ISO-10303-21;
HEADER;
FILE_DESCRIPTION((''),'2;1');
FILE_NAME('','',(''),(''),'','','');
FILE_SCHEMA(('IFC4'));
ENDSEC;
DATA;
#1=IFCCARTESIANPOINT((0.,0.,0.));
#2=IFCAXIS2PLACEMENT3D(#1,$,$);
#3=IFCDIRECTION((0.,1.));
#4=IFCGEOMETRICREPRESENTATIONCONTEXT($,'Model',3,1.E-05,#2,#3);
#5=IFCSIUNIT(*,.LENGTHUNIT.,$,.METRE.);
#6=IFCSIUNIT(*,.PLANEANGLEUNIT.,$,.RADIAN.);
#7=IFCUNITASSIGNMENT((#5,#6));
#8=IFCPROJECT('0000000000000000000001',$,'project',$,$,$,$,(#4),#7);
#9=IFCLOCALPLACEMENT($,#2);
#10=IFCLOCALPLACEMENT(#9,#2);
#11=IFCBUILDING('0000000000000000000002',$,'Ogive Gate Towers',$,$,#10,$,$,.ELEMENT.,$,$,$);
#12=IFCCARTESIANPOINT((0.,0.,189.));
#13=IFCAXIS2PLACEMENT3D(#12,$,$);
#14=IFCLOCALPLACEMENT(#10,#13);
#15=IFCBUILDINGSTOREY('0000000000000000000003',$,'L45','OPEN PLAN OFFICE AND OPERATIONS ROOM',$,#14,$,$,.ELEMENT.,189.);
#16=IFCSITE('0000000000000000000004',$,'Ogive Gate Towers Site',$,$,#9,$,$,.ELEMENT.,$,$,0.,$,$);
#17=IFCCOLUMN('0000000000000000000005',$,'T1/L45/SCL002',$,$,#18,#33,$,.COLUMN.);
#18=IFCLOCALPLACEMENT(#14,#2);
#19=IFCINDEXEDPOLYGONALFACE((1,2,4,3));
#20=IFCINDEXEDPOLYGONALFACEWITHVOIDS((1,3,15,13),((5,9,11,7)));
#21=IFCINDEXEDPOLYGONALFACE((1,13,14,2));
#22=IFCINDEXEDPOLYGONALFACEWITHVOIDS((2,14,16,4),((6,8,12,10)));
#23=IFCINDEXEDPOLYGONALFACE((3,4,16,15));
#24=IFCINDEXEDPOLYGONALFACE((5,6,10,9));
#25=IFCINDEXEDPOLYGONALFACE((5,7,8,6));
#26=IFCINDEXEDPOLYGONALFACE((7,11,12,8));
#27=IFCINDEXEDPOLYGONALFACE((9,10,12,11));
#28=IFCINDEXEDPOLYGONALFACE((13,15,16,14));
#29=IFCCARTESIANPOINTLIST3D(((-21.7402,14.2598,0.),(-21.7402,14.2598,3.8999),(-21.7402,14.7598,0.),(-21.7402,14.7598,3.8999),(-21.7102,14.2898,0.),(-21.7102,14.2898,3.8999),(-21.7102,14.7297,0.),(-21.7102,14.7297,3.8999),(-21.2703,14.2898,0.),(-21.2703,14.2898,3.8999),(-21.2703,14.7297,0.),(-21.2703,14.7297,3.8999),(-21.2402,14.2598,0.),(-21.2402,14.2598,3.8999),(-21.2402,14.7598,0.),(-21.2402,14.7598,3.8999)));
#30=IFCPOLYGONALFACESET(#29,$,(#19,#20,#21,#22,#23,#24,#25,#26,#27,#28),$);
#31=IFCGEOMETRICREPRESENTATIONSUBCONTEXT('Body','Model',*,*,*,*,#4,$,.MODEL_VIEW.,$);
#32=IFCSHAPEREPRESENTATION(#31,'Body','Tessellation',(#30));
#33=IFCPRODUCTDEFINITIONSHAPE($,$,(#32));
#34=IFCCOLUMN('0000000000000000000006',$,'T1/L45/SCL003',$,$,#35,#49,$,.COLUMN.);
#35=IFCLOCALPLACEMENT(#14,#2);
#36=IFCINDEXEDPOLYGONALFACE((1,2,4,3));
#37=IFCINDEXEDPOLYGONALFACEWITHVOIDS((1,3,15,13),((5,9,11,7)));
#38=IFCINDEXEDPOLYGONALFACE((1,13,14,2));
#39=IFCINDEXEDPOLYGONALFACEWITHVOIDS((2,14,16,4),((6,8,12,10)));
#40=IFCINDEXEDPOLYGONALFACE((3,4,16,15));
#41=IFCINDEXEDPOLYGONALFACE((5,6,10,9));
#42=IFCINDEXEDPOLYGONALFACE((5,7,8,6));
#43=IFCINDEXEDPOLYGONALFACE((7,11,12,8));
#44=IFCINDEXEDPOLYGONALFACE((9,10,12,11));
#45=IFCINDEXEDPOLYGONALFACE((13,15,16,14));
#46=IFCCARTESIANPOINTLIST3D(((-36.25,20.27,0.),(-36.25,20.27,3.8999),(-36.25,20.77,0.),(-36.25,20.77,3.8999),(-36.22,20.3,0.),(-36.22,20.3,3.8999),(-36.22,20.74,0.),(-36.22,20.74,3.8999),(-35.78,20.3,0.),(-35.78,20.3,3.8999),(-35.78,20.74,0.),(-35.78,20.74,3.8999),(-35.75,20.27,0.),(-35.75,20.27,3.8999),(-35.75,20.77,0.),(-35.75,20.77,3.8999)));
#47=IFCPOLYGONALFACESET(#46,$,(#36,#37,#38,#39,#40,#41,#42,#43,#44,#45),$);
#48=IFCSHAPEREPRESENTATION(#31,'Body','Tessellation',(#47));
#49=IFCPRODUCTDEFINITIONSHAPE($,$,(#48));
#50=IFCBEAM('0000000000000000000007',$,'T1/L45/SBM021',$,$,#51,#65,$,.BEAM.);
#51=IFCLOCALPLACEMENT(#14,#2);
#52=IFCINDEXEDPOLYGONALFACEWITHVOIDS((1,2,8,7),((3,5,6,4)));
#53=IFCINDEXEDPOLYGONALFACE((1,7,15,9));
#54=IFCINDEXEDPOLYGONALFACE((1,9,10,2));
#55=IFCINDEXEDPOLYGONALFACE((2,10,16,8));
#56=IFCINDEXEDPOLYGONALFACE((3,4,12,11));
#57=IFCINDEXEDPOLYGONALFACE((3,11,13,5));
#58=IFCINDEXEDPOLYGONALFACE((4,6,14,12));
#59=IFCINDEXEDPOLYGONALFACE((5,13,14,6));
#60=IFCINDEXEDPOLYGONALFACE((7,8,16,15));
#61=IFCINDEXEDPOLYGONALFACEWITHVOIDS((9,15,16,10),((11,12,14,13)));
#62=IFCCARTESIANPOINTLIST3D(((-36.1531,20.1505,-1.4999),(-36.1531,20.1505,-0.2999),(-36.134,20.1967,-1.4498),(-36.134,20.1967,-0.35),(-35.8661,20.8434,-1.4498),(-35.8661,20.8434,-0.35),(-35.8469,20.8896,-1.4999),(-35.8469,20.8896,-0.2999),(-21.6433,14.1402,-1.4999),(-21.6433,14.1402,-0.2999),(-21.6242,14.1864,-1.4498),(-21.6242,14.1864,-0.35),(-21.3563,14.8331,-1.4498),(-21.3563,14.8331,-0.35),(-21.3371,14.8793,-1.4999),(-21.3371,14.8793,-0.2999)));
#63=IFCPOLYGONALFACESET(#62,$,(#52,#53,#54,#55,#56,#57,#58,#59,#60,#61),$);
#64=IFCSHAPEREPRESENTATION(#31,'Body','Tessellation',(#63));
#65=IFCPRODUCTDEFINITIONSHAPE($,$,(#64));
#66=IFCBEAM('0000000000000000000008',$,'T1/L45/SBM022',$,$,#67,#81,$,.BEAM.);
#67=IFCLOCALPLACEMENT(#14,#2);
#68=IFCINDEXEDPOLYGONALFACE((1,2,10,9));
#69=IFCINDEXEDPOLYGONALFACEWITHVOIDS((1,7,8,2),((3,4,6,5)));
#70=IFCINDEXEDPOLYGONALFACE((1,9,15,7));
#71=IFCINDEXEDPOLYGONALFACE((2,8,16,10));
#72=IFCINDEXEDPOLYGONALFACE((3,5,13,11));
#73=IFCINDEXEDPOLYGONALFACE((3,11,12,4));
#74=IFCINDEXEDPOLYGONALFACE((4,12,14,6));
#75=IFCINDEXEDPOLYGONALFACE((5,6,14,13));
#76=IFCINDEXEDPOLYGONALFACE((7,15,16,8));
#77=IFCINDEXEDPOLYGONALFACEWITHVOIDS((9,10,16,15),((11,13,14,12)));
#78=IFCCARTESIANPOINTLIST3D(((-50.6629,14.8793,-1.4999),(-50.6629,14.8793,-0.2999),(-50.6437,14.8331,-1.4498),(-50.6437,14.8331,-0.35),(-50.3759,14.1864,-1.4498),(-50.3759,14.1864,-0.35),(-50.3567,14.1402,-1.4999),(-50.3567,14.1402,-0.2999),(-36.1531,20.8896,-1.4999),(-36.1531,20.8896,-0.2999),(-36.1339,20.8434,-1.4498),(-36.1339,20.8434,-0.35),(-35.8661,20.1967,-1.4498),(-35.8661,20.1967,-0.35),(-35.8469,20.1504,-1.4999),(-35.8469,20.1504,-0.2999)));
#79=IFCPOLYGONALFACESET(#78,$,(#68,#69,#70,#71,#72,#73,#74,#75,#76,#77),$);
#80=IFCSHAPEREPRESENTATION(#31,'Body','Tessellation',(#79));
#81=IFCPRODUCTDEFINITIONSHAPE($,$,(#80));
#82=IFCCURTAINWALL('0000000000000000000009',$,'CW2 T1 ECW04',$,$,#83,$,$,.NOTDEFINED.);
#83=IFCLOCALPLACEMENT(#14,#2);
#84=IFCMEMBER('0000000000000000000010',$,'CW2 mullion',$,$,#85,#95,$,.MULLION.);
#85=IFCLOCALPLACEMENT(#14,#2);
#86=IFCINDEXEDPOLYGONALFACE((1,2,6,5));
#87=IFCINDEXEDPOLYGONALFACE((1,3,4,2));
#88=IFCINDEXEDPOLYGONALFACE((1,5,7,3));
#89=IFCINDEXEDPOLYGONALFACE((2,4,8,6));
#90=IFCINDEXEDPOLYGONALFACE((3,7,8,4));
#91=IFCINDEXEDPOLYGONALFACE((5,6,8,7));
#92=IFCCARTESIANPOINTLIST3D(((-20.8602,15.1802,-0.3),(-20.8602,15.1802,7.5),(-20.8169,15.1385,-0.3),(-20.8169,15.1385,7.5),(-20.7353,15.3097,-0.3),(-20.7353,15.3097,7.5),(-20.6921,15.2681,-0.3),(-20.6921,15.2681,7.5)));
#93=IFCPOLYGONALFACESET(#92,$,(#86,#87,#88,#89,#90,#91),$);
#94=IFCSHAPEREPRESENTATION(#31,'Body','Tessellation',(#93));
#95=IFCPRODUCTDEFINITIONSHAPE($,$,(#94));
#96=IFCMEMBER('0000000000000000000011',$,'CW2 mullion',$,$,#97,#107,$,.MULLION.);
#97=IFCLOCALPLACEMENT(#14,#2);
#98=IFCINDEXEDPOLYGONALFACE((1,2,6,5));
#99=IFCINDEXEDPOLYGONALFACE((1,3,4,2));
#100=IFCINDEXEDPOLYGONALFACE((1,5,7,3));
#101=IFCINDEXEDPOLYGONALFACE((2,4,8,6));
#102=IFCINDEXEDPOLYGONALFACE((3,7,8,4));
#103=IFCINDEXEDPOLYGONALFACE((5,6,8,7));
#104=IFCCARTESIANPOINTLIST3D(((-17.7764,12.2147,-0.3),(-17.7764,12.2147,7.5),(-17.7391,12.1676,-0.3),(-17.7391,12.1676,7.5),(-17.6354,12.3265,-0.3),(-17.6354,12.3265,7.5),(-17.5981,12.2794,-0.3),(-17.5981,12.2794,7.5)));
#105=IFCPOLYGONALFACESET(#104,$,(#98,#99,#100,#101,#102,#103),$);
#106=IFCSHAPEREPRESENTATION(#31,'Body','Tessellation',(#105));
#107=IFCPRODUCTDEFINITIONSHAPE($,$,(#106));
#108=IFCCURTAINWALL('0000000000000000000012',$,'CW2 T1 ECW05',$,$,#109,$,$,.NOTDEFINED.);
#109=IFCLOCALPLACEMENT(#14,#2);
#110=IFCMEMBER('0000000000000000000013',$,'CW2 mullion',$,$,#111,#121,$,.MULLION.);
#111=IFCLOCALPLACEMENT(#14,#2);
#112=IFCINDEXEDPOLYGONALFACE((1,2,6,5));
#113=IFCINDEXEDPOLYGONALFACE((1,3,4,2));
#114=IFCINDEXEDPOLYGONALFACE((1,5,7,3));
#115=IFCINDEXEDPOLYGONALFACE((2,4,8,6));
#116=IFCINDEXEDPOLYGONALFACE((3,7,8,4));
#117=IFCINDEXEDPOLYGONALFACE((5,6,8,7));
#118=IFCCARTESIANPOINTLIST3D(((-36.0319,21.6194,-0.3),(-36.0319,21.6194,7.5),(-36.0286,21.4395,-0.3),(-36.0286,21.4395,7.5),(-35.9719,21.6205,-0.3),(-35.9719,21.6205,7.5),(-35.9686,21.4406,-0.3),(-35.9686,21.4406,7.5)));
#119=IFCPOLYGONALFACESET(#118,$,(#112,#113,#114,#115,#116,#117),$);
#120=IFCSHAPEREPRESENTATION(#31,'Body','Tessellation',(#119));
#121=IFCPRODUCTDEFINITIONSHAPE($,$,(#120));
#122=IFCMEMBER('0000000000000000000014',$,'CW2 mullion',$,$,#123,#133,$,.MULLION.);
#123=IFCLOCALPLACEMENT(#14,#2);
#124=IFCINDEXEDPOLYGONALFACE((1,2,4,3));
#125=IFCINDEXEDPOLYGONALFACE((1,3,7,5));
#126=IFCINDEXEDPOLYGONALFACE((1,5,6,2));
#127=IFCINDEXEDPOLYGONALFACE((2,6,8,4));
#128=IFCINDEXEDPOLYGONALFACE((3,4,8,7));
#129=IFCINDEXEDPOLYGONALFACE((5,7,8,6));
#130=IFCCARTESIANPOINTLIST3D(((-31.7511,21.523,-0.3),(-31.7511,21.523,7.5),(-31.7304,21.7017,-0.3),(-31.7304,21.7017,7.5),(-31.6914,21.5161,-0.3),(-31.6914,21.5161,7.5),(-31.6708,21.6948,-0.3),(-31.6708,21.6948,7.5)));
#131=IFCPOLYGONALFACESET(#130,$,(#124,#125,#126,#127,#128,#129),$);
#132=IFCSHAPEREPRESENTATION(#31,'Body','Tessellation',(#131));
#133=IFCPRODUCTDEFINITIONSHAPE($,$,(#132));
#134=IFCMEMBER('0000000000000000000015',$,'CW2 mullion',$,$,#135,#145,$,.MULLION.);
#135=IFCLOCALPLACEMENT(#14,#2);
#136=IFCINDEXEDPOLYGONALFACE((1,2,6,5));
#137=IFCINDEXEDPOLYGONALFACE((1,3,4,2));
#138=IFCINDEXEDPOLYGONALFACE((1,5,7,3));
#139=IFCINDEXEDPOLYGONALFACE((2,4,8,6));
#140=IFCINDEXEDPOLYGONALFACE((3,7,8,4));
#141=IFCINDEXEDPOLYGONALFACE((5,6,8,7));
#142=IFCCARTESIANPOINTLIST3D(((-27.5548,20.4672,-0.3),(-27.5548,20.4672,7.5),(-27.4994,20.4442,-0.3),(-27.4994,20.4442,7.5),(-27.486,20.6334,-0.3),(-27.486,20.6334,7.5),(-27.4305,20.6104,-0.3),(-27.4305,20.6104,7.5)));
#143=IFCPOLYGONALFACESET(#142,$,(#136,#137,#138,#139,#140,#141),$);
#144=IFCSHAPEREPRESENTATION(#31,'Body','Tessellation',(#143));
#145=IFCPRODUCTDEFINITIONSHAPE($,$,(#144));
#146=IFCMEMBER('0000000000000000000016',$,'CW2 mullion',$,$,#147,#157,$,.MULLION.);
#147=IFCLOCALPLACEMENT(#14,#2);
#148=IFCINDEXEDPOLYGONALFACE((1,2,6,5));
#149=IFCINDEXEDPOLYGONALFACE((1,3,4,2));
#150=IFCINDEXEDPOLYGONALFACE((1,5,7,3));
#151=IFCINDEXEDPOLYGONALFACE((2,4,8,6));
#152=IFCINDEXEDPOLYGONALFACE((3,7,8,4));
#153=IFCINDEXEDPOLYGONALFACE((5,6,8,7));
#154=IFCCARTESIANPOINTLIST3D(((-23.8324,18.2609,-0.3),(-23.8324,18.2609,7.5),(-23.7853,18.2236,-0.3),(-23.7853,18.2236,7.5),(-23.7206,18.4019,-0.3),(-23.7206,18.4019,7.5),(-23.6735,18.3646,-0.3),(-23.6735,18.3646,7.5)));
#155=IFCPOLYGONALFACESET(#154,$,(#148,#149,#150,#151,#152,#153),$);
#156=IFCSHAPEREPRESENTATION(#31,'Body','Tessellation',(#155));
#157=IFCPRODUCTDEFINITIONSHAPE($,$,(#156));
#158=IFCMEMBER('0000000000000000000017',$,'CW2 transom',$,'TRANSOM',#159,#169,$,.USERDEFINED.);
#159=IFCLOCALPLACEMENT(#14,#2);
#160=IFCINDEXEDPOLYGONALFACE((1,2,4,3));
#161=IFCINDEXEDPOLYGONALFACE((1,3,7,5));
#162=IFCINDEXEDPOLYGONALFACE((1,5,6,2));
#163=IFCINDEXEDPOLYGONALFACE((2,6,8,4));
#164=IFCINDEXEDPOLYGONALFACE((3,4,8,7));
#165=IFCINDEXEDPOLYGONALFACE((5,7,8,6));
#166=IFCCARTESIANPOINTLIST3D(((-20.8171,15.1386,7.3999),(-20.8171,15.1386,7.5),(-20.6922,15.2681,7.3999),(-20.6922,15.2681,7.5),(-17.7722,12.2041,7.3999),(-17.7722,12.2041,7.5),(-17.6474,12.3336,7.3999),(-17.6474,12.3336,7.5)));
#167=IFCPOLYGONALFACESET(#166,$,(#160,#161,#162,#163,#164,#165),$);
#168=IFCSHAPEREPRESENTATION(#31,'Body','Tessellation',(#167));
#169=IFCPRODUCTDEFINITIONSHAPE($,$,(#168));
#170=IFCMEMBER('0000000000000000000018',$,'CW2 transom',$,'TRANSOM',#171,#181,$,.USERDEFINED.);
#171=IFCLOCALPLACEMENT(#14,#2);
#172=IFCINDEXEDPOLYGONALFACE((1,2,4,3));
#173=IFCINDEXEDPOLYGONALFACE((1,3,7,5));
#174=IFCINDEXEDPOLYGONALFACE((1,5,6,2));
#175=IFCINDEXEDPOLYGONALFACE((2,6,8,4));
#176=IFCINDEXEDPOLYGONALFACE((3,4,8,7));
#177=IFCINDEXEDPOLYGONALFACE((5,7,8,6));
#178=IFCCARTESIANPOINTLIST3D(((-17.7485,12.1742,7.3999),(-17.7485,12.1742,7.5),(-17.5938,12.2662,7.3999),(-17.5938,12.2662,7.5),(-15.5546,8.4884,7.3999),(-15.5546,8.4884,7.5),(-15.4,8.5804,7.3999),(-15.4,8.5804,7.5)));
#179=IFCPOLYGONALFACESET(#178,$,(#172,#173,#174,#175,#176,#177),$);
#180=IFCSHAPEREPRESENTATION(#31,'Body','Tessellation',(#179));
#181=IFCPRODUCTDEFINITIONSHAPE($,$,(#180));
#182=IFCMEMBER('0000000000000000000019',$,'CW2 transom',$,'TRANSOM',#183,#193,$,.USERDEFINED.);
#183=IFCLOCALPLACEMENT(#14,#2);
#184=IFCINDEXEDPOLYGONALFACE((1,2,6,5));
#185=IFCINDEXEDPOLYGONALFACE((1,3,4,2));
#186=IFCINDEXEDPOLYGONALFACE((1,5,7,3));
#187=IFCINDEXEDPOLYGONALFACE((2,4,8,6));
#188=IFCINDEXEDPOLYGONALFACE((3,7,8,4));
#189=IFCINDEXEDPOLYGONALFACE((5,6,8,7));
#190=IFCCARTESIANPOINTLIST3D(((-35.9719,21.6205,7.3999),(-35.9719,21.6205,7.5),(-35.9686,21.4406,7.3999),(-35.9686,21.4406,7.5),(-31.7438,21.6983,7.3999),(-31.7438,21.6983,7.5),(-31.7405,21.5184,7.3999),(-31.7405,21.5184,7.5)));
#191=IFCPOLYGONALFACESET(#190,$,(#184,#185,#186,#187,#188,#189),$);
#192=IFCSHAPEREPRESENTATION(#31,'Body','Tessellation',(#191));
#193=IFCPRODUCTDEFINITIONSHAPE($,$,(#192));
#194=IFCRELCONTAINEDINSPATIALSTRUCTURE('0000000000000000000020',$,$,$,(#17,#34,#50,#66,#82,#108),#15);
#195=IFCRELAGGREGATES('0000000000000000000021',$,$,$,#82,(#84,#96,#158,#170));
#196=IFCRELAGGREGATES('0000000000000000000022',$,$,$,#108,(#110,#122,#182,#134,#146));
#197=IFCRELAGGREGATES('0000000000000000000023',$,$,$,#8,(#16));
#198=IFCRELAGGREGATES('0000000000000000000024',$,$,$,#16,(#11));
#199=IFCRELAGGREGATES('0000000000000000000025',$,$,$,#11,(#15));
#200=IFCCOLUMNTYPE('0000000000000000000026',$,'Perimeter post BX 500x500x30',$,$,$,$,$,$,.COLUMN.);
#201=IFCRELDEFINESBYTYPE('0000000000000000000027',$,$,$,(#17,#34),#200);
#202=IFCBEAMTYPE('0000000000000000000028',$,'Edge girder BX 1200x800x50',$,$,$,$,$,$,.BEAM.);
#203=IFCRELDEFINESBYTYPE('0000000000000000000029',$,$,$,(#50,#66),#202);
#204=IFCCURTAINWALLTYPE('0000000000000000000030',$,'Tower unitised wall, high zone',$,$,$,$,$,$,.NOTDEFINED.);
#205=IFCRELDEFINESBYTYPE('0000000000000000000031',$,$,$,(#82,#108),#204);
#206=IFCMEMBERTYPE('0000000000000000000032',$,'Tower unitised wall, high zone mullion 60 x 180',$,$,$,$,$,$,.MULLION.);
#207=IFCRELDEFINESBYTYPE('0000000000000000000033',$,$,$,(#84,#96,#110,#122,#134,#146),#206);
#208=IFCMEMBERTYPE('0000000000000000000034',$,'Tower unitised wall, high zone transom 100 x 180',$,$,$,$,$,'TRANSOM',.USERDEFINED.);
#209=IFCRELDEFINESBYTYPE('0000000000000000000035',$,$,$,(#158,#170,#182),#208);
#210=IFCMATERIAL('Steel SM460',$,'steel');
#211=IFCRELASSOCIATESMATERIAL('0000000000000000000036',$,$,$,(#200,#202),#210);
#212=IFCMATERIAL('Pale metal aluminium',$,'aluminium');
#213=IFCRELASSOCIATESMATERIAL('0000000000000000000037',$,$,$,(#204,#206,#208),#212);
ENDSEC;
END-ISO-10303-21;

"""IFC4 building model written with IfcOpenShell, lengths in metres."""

from ifc_helpers import new_model, si_unit, direction, frame, origin, origin_2d, place, context, subcontext, project, spatial, rectangle, hollow_rectangle, extrude, material, material_profile, profile_set, type_object, element, aggregate, save


model = new_model("IFC4")

# Units and contexts
model_context = context("Model", 3, precision=1e-05, world=origin(), true_north=direction((0.0, 1.0)))
body_context = subcontext(model_context, "Body", "Model", "MODEL_VIEW")
ifc_project = project(units=[si_unit("LENGTHUNIT", "METRE"), si_unit("PLANEANGLEUNIT", "RADIAN")], contexts=[model_context])

# Site, building, storey
site_placement = place(None, origin())
site = spatial("IfcSite", under=ifc_project, at=site_placement, Name="Ogive Gate Towers Site", CompositionType="ELEMENT", RefElevation=0.0)
building_placement = place(site_placement, origin())
building = spatial("IfcBuilding", under=site, at=building_placement, Name="Ogive Gate Towers", CompositionType="ELEMENT")
storey_placement = place(building_placement, frame((0.0, 0.0, 189.0)))
storey = spatial("IfcBuildingStorey", under=building, at=storey_placement, Name="L45", Description="OPEN PLAN OFFICE AND OPERATIONS ROOM", CompositionType="ELEMENT", Elevation=189.0)

# Columns
ifc_material_1 = material(Name="Steel SM460", Category="steel")
ifc_material_profile_1 = material_profile(ifc_material_1, hollow_rectangle(XDim=0.5, YDim=0.5, WallThickness=0.03, at=origin_2d()), Name="BX 500x500x30")
ifc_profile_set_1 = profile_set([ifc_material_profile_1], Name="Steel SM460")
column_type = type_object("IfcColumnType", Name="Perimeter post BX 500x500x30", PredefinedType="COLUMN", material=ifc_profile_set_1)
for number, where, z_axis, x_axis, name in (
    (1, (-21.4902, 14.5098, 0.0), (0.0, 0.0, 1.0), (1.0, 0.0, 0.0), "T1/L45/SCL002"),
    (2, (-36.0, 20.52, 0.0), (0.0, 0.0, 1.0), (1.0, 0.0, 0.0), "T1/L45/SCL003"),
):
    element("IfcColumn", number, at=place(storey_placement, frame(where, z_axis=z_axis, x_axis=x_axis)), inside=storey, type_object=column_type, Name=name, PredefinedType="COLUMN", context=body_context, shape_type="SweptSolid", body=[
        extrude(hollow_rectangle(XDim=0.5, YDim=0.5, WallThickness=0.03, at=origin_2d()), origin(), (0.0, 0.0, 1.0), 3.8999),
    ])

# Beams
ifc_material_profile_2 = material_profile(ifc_material_1, hollow_rectangle(XDim=0.8, YDim=1.2, WallThickness=0.05, at=origin_2d()), Name="BX 1200x800x50")
ifc_profile_set_2 = profile_set([ifc_material_profile_2], Name="Steel SM460")
beam_type = type_object("IfcBeamType", Name="Edge girder BX 1200x800x50", PredefinedType="BEAM", material=ifc_profile_set_2)
for number, where, z_axis, x_axis, name in (
    (3, (-21.4902, 14.5098, -0.8999), (-0.923877, 0.38269, 0.0), (-0.38269, -0.923877, 0.0), "T1/L45/SBM021"),
    (4, (-36.0, 20.52, -0.8999), (-0.923877, -0.38269, 0.0), (0.38269, -0.923877, 0.0), "T1/L45/SBM022"),
):
    element("IfcBeam", number, at=place(storey_placement, frame(where, z_axis=z_axis, x_axis=x_axis)), inside=storey, type_object=beam_type, Name=name, PredefinedType="BEAM", context=body_context, shape_type="SweptSolid", body=[
        extrude(hollow_rectangle(XDim=0.8, YDim=1.2, WallThickness=0.05, at=origin_2d()), origin(), (0.0, 0.0, 1.0), 15.7053),
    ])

# Curtain walls, members
ifc_material_2 = material(Name="Pale metal aluminium", Category="aluminium")
curtain_wall_type = type_object("IfcCurtainWallType", Name="Tower unitised wall, high zone", PredefinedType="NOTDEFINED", material=ifc_material_2)
curtain_wall_1_placement = place(storey_placement, origin())
curtain_wall_1 = element("IfcCurtainWall", 5, at=curtain_wall_1_placement, inside=storey, type_object=curtain_wall_type, Name="CW2 T1 ECW04", PredefinedType="NOTDEFINED")
ifc_material_profile_3 = material_profile(ifc_material_2, rectangle(XDim=0.1799, YDim=0.0601, at=origin_2d()), Name="60 x 180 aluminium box")
ifc_profile_set_3 = profile_set([ifc_material_profile_3], Name="Pale metal aluminium")
member_type_1 = type_object("IfcMemberType", Name="Tower unitised wall, high zone mullion 60 x 180", PredefinedType="MULLION", material=ifc_profile_set_3)
member_1_placement = place(storey_placement, frame((-20.7761, 15.2241, -0.3), z_axis=(0.0, 0.0, 1.0), x_axis=(-0.693942, -0.720031, 0.0)))
member_1 = element("IfcMember", 6, at=member_1_placement, type_object=member_type_1, Name="CW2 mullion", PredefinedType="MULLION", context=body_context, shape_type="SweptSolid", body=[
    extrude(rectangle(XDim=0.1799, YDim=0.0601, at=origin_2d()), origin(), (0.0, 0.0, 1.0), 7.8),
])
member_2_placement = place(storey_placement, frame((-17.6873, 12.2471, -0.3), z_axis=(0.0, 0.0, 1.0), x_axis=(-0.783574, -0.621298, 0.0)))
member_2 = element("IfcMember", 7, at=member_2_placement, type_object=member_type_1, Name="CW2 mullion", PredefinedType="MULLION", context=body_context, shape_type="SweptSolid", body=[
    extrude(rectangle(XDim=0.1799, YDim=0.0601, at=origin_2d()), origin(), (0.0, 0.0, 1.0), 7.8),
])
curtain_wall_2_placement = place(storey_placement, origin())
curtain_wall_2 = element("IfcCurtainWall", 8, at=curtain_wall_2_placement, inside=storey, type_object=curtain_wall_type, Name="CW2 T1 ECW05", PredefinedType="NOTDEFINED")
member_3_placement = place(storey_placement, frame((-36.0002, 21.53, -0.3), z_axis=(0.0, 0.0, 1.0), x_axis=(0.018412, -0.99983, 0.0)))
member_3 = element("IfcMember", 9, at=member_3_placement, type_object=member_type_1, Name="CW2 mullion", PredefinedType="MULLION", context=body_context, shape_type="SweptSolid", body=[
    extrude(rectangle(XDim=0.1799, YDim=0.0601, at=origin_2d()), origin(), (0.0, 0.0, 1.0), 7.8),
])
member_4_placement = place(storey_placement, frame((-31.7109, 21.6089, -0.3), z_axis=(0.0, 0.0, 1.0), x_axis=(-0.114746, -0.993395, 0.0)))
member_4 = element("IfcMember", 10, at=member_4_placement, type_object=member_type_1, Name="CW2 mullion", PredefinedType="MULLION", context=body_context, shape_type="SweptSolid", body=[
    extrude(rectangle(XDim=0.1799, YDim=0.0601, at=origin_2d()), origin(), (0.0, 0.0, 1.0), 7.8),
])
member_5_placement = place(storey_placement, frame((-27.4927, 20.5388, -0.3), z_axis=(0.0, 0.0, 1.0), x_axis=(-0.382683, -0.92388, 0.0)))
member_5 = element("IfcMember", 11, at=member_5_placement, type_object=member_type_1, Name="CW2 mullion", PredefinedType="MULLION", context=body_context, shape_type="SweptSolid", body=[
    extrude(rectangle(XDim=0.1799, YDim=0.0601, at=origin_2d()), origin(), (0.0, 0.0, 1.0), 7.8),
])
member_6_placement = place(storey_placement, frame((-23.7529, 18.3127, -0.3), z_axis=(0.0, 0.0, 1.0), x_axis=(-0.621298, -0.783574, 0.0)))
member_6 = element("IfcMember", 12, at=member_6_placement, type_object=member_type_1, Name="CW2 mullion", PredefinedType="MULLION", context=body_context, shape_type="SweptSolid", body=[
    extrude(rectangle(XDim=0.1799, YDim=0.0601, at=origin_2d()), origin(), (0.0, 0.0, 1.0), 7.8),
])

# Members
ifc_material_profile_4 = material_profile(ifc_material_2, rectangle(XDim=0.1799, YDim=0.1001, at=origin_2d()), Name="100 x 180 aluminium box")
ifc_profile_set_4 = profile_set([ifc_material_profile_4], Name="Pale metal aluminium")
member_type_2 = type_object("IfcMemberType", Name="Tower unitised wall, high zone transom 100 x 180", ElementType="TRANSOM", PredefinedType="USERDEFINED", material=ifc_profile_set_4)
member_7_placement = place(storey_placement, frame((-20.7546, 15.2034, 7.45), z_axis=(0.720034, -0.693939, 0.0), x_axis=(0.693939, 0.720034, 0.0)))
member_7 = element("IfcMember", 13, at=member_7_placement, type_object=member_type_2, Name="CW2 transom", ObjectType="TRANSOM", PredefinedType="USERDEFINED", context=body_context, shape_type="SweptSolid", body=[
    extrude(rectangle(XDim=0.1799, YDim=0.1001, at=origin_2d()), origin(), (0.0, 0.0, 1.0), 4.2288),
])
member_8_placement = place(storey_placement, frame((-17.6711, 12.2202, 7.45), z_axis=(0.511471, -0.859301, 0.0), x_axis=(0.859301, 0.511471, 0.0)))
member_8 = element("IfcMember", 14, at=member_8_placement, type_object=member_type_2, Name="CW2 transom", ObjectType="TRANSOM", PredefinedType="USERDEFINED", context=body_context, shape_type="SweptSolid", body=[
    extrude(rectangle(XDim=0.1799, YDim=0.1001, at=origin_2d()), origin(), (0.0, 0.0, 1.0), 4.2893),
])
member_9_placement = place(storey_placement, frame((-35.9702, 21.5305, 7.45), z_axis=(0.99983, 0.018417, 0.0), x_axis=(-0.018417, 0.99983, 0.0)))
member_9 = element("IfcMember", 15, at=member_9_placement, type_object=member_type_2, Name="CW2 transom", ObjectType="TRANSOM", PredefinedType="USERDEFINED", context=body_context, shape_type="SweptSolid", body=[
    extrude(rectangle(XDim=0.1799, YDim=0.1001, at=origin_2d()), origin(), (0.0, 0.0, 1.0), 4.2288),
])

aggregate(curtain_wall_1, [member_1, member_2, member_7, member_8])
aggregate(curtain_wall_2, [member_3, member_4, member_9, member_5, member_6])

save(model, "model.ifc")
